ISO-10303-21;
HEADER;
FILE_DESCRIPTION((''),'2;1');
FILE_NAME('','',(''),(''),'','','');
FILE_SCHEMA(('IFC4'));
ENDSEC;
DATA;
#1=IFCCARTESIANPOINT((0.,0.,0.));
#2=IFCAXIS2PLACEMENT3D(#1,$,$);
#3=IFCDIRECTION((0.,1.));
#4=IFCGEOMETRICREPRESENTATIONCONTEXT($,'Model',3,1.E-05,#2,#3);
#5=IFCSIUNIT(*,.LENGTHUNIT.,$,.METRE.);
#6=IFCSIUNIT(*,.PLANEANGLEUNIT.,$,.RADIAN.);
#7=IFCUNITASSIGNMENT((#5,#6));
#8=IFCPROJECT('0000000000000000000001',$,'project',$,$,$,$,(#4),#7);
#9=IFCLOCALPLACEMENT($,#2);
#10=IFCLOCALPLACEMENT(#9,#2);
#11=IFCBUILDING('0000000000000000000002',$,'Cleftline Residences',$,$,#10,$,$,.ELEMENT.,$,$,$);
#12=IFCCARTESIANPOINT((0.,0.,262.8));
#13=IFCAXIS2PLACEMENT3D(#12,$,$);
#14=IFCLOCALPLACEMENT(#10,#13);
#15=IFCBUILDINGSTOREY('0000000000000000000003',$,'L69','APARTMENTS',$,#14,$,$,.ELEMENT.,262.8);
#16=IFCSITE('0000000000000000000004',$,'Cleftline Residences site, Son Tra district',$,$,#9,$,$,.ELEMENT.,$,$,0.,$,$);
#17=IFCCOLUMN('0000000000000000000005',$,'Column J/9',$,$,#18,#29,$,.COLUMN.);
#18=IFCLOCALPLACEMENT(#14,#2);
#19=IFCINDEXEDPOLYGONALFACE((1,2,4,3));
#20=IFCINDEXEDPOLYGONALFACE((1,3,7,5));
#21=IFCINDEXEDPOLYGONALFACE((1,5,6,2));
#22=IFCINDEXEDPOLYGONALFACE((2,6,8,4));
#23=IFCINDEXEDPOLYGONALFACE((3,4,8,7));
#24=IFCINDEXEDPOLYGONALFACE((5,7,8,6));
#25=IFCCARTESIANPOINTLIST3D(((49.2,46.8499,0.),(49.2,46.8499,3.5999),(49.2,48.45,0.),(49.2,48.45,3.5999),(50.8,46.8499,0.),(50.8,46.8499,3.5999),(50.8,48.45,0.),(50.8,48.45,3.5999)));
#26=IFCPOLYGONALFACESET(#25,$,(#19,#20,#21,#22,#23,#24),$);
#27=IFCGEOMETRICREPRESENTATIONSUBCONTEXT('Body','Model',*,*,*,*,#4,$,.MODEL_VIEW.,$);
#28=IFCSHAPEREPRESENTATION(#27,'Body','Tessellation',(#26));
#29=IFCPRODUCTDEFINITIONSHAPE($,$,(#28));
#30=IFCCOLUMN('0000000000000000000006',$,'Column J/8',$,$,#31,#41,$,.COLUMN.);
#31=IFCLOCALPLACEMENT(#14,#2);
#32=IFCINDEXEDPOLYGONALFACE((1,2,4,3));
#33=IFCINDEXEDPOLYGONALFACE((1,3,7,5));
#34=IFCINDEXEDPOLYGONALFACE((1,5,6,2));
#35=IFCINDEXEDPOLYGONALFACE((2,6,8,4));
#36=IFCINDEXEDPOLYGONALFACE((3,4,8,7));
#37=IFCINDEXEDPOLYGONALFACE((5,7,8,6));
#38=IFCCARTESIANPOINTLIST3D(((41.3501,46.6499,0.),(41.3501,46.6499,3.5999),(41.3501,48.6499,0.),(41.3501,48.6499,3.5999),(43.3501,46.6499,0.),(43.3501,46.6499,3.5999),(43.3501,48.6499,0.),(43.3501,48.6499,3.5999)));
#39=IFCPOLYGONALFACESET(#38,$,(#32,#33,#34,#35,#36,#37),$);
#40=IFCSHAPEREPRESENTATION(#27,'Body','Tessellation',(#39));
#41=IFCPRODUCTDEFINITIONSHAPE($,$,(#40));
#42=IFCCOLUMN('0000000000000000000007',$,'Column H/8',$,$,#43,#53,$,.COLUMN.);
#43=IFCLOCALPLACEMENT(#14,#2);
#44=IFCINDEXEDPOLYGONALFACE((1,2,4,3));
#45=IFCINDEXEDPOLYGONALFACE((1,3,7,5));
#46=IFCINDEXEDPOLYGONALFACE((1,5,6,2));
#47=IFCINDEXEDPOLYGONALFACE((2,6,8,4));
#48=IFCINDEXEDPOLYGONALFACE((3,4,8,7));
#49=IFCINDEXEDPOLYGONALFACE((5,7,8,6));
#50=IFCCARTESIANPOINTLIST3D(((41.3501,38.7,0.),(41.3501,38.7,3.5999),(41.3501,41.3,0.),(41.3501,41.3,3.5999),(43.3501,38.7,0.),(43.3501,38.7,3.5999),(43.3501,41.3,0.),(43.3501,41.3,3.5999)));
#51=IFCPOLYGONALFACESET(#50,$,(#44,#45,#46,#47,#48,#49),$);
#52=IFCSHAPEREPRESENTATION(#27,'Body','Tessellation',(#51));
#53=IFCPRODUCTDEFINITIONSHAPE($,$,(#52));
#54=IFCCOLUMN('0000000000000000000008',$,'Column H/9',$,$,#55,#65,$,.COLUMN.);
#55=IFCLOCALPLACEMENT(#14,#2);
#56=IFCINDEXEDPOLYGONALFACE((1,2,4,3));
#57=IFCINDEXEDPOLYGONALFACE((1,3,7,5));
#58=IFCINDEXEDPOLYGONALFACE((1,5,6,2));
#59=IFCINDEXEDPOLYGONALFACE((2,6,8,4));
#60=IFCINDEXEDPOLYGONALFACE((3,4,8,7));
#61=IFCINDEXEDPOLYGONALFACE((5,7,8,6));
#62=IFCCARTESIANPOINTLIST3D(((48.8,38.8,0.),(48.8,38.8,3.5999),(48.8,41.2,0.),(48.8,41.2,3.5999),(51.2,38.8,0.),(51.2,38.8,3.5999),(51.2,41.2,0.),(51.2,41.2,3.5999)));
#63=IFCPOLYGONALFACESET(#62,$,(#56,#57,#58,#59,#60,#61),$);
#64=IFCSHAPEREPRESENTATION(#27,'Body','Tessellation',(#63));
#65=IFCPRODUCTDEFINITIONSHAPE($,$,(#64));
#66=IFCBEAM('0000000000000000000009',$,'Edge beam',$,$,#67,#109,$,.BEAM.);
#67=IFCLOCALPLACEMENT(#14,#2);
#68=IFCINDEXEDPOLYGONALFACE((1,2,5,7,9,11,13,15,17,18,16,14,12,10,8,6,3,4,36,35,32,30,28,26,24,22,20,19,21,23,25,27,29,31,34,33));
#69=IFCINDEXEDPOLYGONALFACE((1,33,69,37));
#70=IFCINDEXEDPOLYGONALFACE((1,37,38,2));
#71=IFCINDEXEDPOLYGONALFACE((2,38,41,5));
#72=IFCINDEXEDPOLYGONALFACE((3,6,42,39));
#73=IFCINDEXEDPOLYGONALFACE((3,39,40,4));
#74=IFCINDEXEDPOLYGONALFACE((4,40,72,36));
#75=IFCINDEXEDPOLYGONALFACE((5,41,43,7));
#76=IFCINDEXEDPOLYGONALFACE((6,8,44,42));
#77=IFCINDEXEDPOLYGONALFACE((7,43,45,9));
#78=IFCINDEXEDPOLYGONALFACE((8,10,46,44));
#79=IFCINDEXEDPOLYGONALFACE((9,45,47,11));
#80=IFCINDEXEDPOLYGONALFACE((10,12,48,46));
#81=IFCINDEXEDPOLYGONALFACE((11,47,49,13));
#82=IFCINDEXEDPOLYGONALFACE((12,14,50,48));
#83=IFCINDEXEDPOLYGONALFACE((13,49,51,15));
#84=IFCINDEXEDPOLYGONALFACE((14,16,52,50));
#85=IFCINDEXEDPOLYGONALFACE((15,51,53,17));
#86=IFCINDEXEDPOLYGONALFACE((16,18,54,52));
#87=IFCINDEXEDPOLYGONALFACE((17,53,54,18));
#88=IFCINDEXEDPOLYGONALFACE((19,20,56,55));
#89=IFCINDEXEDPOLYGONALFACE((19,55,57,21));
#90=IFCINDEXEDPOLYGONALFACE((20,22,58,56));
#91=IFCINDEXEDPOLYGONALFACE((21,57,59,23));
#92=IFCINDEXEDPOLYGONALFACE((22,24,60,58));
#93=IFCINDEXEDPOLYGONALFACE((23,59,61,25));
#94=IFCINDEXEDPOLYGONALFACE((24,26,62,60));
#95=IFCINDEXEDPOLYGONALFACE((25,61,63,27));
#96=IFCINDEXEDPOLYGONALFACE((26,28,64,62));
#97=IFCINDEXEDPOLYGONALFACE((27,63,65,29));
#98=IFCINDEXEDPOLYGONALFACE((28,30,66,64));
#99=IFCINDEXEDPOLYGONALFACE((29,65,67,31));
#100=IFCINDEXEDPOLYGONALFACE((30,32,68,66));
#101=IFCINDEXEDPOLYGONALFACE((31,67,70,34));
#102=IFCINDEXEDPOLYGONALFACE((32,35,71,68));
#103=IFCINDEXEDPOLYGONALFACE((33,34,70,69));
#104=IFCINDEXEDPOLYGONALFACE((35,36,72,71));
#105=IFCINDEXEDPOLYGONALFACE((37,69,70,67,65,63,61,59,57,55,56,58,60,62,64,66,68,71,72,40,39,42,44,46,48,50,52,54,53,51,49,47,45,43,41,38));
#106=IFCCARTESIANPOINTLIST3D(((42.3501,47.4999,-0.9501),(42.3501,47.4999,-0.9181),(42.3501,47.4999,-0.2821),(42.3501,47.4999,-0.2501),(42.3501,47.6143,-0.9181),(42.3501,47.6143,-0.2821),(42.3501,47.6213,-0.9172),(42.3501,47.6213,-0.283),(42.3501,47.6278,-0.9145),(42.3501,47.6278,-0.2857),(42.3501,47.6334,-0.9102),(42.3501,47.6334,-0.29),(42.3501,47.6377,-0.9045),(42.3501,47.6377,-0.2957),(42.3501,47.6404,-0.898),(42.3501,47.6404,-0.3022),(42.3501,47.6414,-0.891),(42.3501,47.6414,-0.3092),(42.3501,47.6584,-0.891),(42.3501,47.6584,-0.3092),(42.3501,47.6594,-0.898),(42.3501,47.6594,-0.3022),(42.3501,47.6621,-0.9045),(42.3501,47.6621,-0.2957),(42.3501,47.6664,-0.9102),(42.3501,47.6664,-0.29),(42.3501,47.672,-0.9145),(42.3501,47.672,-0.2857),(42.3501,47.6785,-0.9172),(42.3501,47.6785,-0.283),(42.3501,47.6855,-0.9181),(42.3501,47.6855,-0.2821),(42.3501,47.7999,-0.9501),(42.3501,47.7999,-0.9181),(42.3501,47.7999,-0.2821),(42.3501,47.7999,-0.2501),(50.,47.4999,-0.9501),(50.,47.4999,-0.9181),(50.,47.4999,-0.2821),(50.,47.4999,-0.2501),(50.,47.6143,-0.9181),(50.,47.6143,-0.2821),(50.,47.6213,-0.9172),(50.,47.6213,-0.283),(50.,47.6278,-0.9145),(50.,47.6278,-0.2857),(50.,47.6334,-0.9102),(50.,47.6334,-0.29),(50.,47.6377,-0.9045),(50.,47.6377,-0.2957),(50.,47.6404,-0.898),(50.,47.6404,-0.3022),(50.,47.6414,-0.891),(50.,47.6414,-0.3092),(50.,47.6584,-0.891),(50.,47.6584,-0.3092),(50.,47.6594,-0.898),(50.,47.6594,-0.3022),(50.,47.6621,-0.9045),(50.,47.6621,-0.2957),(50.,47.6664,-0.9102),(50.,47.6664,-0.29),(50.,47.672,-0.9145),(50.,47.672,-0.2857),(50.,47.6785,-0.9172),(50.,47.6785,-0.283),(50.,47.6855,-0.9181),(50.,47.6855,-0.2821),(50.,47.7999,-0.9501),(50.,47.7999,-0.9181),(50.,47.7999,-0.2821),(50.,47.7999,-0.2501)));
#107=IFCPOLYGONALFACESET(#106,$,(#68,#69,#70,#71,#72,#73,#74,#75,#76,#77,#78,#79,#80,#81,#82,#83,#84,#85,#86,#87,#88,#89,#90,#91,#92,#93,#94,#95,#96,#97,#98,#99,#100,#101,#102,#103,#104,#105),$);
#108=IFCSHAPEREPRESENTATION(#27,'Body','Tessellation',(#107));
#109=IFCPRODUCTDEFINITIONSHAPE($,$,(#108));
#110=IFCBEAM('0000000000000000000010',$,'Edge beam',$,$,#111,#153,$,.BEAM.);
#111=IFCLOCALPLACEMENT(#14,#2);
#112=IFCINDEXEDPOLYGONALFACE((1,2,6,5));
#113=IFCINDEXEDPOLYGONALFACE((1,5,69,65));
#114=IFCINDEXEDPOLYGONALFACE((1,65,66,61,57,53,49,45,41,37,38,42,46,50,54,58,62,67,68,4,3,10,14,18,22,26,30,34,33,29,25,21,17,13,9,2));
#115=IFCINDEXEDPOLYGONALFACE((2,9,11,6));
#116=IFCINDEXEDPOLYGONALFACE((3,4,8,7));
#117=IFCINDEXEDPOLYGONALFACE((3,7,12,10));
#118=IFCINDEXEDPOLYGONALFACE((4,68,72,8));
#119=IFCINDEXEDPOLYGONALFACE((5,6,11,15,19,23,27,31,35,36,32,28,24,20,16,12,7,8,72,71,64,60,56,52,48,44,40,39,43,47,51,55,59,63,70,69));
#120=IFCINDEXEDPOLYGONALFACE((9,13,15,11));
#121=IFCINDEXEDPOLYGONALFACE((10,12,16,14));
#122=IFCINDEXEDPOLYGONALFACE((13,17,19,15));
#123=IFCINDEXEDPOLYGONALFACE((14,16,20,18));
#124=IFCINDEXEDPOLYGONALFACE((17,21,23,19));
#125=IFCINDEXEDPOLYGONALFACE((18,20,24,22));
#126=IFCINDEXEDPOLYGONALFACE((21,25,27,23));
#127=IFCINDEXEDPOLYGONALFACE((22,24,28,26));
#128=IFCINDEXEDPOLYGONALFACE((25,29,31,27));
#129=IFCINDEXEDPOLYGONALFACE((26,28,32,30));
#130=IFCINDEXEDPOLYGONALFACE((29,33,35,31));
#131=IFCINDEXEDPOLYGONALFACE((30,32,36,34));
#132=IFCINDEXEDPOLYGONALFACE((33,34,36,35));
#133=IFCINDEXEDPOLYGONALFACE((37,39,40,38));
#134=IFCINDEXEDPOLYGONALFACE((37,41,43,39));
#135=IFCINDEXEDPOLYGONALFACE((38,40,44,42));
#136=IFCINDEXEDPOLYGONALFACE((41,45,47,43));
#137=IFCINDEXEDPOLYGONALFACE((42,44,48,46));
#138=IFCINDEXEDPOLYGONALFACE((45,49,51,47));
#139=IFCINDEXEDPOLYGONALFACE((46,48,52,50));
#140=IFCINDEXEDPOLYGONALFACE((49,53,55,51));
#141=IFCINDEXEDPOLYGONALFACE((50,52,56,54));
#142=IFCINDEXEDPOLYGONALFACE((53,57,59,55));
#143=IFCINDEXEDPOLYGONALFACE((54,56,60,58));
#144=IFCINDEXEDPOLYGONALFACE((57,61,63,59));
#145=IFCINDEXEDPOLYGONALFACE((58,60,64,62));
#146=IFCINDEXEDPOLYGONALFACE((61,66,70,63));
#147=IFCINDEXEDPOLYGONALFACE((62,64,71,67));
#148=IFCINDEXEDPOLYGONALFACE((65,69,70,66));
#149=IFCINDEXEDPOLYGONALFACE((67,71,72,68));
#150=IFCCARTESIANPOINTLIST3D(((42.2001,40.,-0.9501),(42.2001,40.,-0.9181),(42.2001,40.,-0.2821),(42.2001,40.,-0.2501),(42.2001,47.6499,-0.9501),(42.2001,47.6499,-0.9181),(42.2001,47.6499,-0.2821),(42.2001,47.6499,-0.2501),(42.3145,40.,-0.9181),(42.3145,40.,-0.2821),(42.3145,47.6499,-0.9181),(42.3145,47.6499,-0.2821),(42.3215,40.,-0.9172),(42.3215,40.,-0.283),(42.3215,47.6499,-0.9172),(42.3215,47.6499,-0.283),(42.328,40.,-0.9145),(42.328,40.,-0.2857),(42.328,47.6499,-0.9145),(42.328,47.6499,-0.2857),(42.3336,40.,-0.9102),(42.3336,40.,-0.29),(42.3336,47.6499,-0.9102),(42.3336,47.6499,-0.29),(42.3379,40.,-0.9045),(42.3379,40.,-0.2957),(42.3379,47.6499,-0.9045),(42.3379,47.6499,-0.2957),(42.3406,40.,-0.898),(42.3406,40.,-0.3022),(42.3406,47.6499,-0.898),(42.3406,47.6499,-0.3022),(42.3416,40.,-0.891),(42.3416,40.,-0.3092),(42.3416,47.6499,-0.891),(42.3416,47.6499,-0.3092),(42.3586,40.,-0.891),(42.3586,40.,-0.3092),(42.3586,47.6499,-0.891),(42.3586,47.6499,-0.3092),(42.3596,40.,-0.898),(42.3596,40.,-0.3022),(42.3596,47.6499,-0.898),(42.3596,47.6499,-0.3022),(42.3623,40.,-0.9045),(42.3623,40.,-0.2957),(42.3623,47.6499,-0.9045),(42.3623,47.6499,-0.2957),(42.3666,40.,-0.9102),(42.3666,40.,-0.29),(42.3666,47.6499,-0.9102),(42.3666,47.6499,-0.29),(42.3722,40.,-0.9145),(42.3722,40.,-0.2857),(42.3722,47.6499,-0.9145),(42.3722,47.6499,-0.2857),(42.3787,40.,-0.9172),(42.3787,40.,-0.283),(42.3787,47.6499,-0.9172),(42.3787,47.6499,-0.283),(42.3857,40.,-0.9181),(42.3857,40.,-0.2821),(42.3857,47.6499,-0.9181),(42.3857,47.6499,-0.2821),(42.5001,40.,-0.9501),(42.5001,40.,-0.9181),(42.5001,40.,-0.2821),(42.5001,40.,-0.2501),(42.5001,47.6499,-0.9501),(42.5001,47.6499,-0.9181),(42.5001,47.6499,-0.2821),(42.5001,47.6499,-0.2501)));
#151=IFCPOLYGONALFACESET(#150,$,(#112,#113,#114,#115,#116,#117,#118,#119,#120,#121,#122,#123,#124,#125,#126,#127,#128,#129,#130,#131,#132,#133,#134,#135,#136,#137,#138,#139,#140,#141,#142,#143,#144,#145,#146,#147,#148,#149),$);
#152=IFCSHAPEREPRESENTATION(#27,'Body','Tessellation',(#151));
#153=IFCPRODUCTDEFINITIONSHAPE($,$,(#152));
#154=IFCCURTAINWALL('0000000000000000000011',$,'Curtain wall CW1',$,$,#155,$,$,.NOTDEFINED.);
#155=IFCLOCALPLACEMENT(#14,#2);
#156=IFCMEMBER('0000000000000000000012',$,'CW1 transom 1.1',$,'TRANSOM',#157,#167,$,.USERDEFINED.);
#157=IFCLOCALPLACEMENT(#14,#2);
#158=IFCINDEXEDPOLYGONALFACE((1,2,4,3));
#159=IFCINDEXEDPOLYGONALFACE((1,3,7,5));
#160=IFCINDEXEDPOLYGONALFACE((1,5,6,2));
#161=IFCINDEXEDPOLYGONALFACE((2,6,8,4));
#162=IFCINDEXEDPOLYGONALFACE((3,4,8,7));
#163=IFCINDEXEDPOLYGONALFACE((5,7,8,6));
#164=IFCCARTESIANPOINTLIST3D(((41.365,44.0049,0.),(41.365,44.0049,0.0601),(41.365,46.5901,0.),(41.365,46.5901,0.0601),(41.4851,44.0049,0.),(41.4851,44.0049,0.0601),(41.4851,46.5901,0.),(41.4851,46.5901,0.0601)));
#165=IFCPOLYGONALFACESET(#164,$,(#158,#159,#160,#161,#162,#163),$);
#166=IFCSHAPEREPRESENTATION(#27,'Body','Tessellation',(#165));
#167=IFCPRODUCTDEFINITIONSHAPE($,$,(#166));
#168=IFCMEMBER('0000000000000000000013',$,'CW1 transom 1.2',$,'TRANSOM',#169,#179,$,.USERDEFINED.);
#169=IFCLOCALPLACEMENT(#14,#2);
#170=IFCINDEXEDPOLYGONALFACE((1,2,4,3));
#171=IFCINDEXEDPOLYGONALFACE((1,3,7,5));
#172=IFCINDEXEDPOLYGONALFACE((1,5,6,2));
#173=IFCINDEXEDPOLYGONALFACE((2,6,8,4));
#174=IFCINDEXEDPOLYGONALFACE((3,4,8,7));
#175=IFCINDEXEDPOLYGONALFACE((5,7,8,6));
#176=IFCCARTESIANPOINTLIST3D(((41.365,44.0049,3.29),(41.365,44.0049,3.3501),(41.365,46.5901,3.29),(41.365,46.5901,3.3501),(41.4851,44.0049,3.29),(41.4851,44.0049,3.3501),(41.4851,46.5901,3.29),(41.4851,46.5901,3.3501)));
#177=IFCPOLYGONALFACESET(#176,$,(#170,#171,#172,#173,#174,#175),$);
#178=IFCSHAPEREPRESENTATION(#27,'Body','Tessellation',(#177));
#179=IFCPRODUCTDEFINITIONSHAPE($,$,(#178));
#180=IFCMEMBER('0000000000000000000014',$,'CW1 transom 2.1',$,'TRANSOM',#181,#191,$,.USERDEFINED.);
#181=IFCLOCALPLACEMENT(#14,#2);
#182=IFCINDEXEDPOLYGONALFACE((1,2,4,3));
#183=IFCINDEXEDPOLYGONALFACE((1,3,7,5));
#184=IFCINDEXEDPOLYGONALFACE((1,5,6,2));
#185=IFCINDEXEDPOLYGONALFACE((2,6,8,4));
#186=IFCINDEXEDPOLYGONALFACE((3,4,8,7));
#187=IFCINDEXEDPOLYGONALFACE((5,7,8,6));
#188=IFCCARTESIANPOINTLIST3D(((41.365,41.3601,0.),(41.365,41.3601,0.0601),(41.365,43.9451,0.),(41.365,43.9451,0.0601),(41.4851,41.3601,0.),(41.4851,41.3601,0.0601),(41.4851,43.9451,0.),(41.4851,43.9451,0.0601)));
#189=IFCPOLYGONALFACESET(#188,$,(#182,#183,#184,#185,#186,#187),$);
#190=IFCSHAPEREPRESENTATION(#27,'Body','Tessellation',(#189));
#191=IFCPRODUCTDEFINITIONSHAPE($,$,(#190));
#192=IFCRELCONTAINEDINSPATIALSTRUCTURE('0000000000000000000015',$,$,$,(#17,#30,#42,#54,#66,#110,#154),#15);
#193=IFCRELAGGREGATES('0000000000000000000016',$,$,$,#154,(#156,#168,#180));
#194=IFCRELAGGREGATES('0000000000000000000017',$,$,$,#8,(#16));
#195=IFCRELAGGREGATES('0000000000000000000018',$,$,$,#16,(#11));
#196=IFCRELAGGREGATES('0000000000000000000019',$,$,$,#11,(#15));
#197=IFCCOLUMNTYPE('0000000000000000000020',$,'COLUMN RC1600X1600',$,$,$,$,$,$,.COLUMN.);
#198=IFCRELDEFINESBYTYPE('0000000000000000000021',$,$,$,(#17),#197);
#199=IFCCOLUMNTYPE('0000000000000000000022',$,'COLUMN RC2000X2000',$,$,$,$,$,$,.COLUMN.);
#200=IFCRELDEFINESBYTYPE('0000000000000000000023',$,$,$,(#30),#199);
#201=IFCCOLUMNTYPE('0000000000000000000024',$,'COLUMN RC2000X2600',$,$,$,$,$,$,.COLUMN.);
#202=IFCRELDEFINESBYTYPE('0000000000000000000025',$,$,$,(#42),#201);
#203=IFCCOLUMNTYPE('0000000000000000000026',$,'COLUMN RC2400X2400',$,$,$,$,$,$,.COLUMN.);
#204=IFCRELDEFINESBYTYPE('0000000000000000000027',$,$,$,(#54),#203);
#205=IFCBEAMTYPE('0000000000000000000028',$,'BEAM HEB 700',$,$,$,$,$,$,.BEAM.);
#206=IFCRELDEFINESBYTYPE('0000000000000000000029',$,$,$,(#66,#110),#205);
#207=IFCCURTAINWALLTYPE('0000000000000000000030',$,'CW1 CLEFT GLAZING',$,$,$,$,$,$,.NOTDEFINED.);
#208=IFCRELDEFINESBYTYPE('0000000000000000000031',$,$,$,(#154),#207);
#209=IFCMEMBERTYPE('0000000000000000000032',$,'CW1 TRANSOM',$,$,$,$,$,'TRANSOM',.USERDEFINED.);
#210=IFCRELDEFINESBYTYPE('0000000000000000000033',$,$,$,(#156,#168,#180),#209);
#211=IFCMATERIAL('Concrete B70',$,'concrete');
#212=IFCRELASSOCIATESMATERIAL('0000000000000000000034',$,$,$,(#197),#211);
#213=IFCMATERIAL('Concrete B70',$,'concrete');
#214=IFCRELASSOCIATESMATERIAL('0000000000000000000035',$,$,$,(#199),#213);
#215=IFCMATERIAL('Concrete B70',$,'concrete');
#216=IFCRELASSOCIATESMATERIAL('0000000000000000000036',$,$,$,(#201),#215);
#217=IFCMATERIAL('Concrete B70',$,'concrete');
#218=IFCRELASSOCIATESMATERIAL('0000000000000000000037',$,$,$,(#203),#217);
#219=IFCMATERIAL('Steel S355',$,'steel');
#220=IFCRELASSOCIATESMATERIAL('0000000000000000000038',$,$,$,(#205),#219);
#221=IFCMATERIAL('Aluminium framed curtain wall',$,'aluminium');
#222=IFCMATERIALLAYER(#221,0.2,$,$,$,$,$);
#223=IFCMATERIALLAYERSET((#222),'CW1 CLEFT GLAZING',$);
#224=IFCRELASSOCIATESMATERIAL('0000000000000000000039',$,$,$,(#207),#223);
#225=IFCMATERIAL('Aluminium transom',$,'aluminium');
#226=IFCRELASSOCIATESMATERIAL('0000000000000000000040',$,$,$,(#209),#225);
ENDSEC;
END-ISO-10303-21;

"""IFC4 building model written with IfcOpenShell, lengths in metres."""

from ifc_helpers import new_model, si_unit, direction, frame, origin, origin_2d, place, context, subcontext, project, spatial, rectangle, i_section, extrude, material, layer, layer_set, material_profile, profile_set, type_object, element, aggregate, save


model = new_model("IFC4")

# Units and contexts
model_context = context("Model", 3, precision=1e-05, world=origin(), true_north=direction((0.0, 1.0)))
body_context = subcontext(model_context, "Body", "Model", "MODEL_VIEW")
ifc_project = project(units=[si_unit("LENGTHUNIT", "METRE"), si_unit("PLANEANGLEUNIT", "RADIAN")], contexts=[model_context])

# Site, building, storey
site_placement = place(None, origin())
site = spatial("IfcSite", under=ifc_project, at=site_placement, Name="Cleftline Residences site, Son Tra district", CompositionType="ELEMENT", RefElevation=0.0)
building_placement = place(site_placement, origin())
building = spatial("IfcBuilding", under=site, at=building_placement, Name="Cleftline Residences", CompositionType="ELEMENT")
storey_placement = place(building_placement, frame((0.0, 0.0, 262.8)))
storey = spatial("IfcBuildingStorey", under=building, at=storey_placement, Name="L69", Description="APARTMENTS", CompositionType="ELEMENT", Elevation=262.8)

# Columns
ifc_material_1 = material(Name="Concrete B70", Category="concrete")
ifc_material_profile_1 = material_profile(ifc_material_1, rectangle(XDim=1.6001, YDim=1.6001, at=origin_2d()))
ifc_profile_set_1 = profile_set([ifc_material_profile_1], Name="Concrete B70")
column_type_1 = type_object("IfcColumnType", Name="COLUMN RC1600X1600", PredefinedType="COLUMN", material=ifc_profile_set_1)
column_1_placement = place(storey_placement, frame((50.0, 47.6499, 0.0), z_axis=(0.0, 0.0, 1.0), x_axis=(1.0, 0.0, 0.0)))
element("IfcColumn", 1, at=column_1_placement, inside=storey, type_object=column_type_1, Name="Column J/9", PredefinedType="COLUMN", context=body_context, shape_type="SweptSolid", body=[
    extrude(rectangle(XDim=1.6001, YDim=1.6001, at=origin_2d()), origin(), (0.0, 0.0, 1.0), 3.5999),
])
ifc_material_2 = material(Name="Concrete B70", Category="concrete")
ifc_material_profile_2 = material_profile(ifc_material_2, rectangle(XDim=2.0, YDim=2.0, at=origin_2d()))
ifc_profile_set_2 = profile_set([ifc_material_profile_2], Name="Concrete B70")
column_type_2 = type_object("IfcColumnType", Name="COLUMN RC2000X2000", PredefinedType="COLUMN", material=ifc_profile_set_2)
column_2_placement = place(storey_placement, frame((42.3501, 47.6499, 0.0), z_axis=(0.0, 0.0, 1.0), x_axis=(1.0, 0.0, 0.0)))
element("IfcColumn", 2, at=column_2_placement, inside=storey, type_object=column_type_2, Name="Column J/8", PredefinedType="COLUMN", context=body_context, shape_type="SweptSolid", body=[
    extrude(rectangle(XDim=2.0, YDim=2.0, at=origin_2d()), origin(), (0.0, 0.0, 1.0), 3.5999),
])
ifc_material_3 = material(Name="Concrete B70", Category="concrete")
ifc_material_profile_3 = material_profile(ifc_material_3, rectangle(XDim=2.0, YDim=2.6001, at=origin_2d()))
ifc_profile_set_3 = profile_set([ifc_material_profile_3], Name="Concrete B70")
column_type_3 = type_object("IfcColumnType", Name="COLUMN RC2000X2600", PredefinedType="COLUMN", material=ifc_profile_set_3)
column_3_placement = place(storey_placement, frame((42.3501, 40.0, 0.0), z_axis=(0.0, 0.0, 1.0), x_axis=(1.0, 0.0, 0.0)))
element("IfcColumn", 3, at=column_3_placement, inside=storey, type_object=column_type_3, Name="Column H/8", PredefinedType="COLUMN", context=body_context, shape_type="SweptSolid", body=[
    extrude(rectangle(XDim=2.0, YDim=2.6001, at=origin_2d()), origin(), (0.0, 0.0, 1.0), 3.5999),
])
ifc_material_4 = material(Name="Concrete B70", Category="concrete")
ifc_material_profile_4 = material_profile(ifc_material_4, rectangle(XDim=2.3999, YDim=2.3999, at=origin_2d()))
ifc_profile_set_4 = profile_set([ifc_material_profile_4], Name="Concrete B70")
column_type_4 = type_object("IfcColumnType", Name="COLUMN RC2400X2400", PredefinedType="COLUMN", material=ifc_profile_set_4)
column_4_placement = place(storey_placement, frame((50.0, 40.0, 0.0), z_axis=(0.0, 0.0, 1.0), x_axis=(1.0, 0.0, 0.0)))
element("IfcColumn", 4, at=column_4_placement, inside=storey, type_object=column_type_4, Name="Column H/9", PredefinedType="COLUMN", context=body_context, shape_type="SweptSolid", body=[
    extrude(rectangle(XDim=2.3999, YDim=2.3999, at=origin_2d()), origin(), (0.0, 0.0, 1.0), 3.5999),
])

# Beams
ifc_material_5 = material(Name="Steel S355", Category="steel")
ifc_material_profile_5 = material_profile(ifc_material_5, i_section(OverallWidth=0.3, OverallDepth=0.7, WebThickness=0.0171, FlangeThickness=0.032, FilletRadius=0.0271, at=origin_2d()))
ifc_profile_set_5 = profile_set([ifc_material_profile_5], Name="Steel S355")
beam_type = type_object("IfcBeamType", Name="BEAM HEB 700", PredefinedType="BEAM", material=ifc_profile_set_5)
for number, where, z_axis, x_axis, name in (
    (5, (50.0, 47.6499, -0.6001), (-1.0, 0.0, 0.0), (0.0, -1.0, 0.0), "Edge beam"),
    (6, (42.3501, 47.6499, -0.6001), (0.0, -1.0, 0.0), (1.0, 0.0, 0.0), "Edge beam"),
):
    element("IfcBeam", number, at=place(storey_placement, frame(where, z_axis=z_axis, x_axis=x_axis)), inside=storey, type_object=beam_type, Name=name, PredefinedType="BEAM", context=body_context, shape_type="SweptSolid", body=[
        extrude(i_section(OverallWidth=0.3, OverallDepth=0.7, WebThickness=0.0171, FlangeThickness=0.032, FilletRadius=0.0271, at=origin_2d()), origin(), (0.0, 0.0, 1.0), 7.6499),
    ])

# Curtain wall, members
ifc_material_6 = material(Name="Aluminium framed curtain wall", Category="aluminium")
ifc_layer_1 = layer(ifc_material_6, 0.2)
ifc_layer_set_1 = layer_set([ifc_layer_1], Name="CW1 CLEFT GLAZING")
curtain_wall_type = type_object("IfcCurtainWallType", Name="CW1 CLEFT GLAZING", PredefinedType="NOTDEFINED", material=ifc_layer_set_1)
curtain_wall_placement = place(storey_placement, origin())
curtain_wall = element("IfcCurtainWall", 7, at=curtain_wall_placement, inside=storey, type_object=curtain_wall_type, Name="Curtain wall CW1", PredefinedType="NOTDEFINED")
ifc_material_7 = material(Name="Aluminium transom", Category="aluminium")
ifc_material_profile_6 = material_profile(ifc_material_7, rectangle(XDim=0.1201, YDim=0.0601, at=origin_2d()))
ifc_profile_set_6 = profile_set([ifc_material_profile_6], Name="Aluminium transom")
member_type = type_object("IfcMemberType", Name="CW1 TRANSOM", ElementType="TRANSOM", PredefinedType="USERDEFINED", material=ifc_profile_set_6)
member_1_placement = place(storey_placement, frame((41.425, 46.5901, 0.03), z_axis=(0.0, -1.0, 0.0), x_axis=(1.0, 0.0, 0.0)))
member_1 = element("IfcMember", 8, at=member_1_placement, type_object=member_type, Name="CW1 transom 1.1", ObjectType="TRANSOM", PredefinedType="USERDEFINED", context=body_context, shape_type="SweptSolid", body=[
    extrude(rectangle(XDim=0.1201, YDim=0.0601, at=origin_2d()), origin(), (0.0, 0.0, 1.0), 2.5852),
])
member_2_placement = place(storey_placement, frame((41.425, 46.5901, 3.3201), z_axis=(0.0, -1.0, 0.0), x_axis=(1.0, 0.0, 0.0)))
member_2 = element("IfcMember", 9, at=member_2_placement, type_object=member_type, Name="CW1 transom 1.2", ObjectType="TRANSOM", PredefinedType="USERDEFINED", context=body_context, shape_type="SweptSolid", body=[
    extrude(rectangle(XDim=0.1201, YDim=0.0601, at=origin_2d()), origin(), (0.0, 0.0, 1.0), 2.5852),
])
member_3_placement = place(storey_placement, frame((41.425, 43.9451, 0.03), z_axis=(0.0, -1.0, 0.0), x_axis=(1.0, 0.0, 0.0)))
member_3 = element("IfcMember", 10, at=member_3_placement, type_object=member_type, Name="CW1 transom 2.1", ObjectType="TRANSOM", PredefinedType="USERDEFINED", context=body_context, shape_type="SweptSolid", body=[
    extrude(rectangle(XDim=0.1201, YDim=0.0601, at=origin_2d()), origin(), (0.0, 0.0, 1.0), 2.585),
])
aggregate(curtain_wall, [member_1, member_2, member_3])

save(model, "model.ifc")
